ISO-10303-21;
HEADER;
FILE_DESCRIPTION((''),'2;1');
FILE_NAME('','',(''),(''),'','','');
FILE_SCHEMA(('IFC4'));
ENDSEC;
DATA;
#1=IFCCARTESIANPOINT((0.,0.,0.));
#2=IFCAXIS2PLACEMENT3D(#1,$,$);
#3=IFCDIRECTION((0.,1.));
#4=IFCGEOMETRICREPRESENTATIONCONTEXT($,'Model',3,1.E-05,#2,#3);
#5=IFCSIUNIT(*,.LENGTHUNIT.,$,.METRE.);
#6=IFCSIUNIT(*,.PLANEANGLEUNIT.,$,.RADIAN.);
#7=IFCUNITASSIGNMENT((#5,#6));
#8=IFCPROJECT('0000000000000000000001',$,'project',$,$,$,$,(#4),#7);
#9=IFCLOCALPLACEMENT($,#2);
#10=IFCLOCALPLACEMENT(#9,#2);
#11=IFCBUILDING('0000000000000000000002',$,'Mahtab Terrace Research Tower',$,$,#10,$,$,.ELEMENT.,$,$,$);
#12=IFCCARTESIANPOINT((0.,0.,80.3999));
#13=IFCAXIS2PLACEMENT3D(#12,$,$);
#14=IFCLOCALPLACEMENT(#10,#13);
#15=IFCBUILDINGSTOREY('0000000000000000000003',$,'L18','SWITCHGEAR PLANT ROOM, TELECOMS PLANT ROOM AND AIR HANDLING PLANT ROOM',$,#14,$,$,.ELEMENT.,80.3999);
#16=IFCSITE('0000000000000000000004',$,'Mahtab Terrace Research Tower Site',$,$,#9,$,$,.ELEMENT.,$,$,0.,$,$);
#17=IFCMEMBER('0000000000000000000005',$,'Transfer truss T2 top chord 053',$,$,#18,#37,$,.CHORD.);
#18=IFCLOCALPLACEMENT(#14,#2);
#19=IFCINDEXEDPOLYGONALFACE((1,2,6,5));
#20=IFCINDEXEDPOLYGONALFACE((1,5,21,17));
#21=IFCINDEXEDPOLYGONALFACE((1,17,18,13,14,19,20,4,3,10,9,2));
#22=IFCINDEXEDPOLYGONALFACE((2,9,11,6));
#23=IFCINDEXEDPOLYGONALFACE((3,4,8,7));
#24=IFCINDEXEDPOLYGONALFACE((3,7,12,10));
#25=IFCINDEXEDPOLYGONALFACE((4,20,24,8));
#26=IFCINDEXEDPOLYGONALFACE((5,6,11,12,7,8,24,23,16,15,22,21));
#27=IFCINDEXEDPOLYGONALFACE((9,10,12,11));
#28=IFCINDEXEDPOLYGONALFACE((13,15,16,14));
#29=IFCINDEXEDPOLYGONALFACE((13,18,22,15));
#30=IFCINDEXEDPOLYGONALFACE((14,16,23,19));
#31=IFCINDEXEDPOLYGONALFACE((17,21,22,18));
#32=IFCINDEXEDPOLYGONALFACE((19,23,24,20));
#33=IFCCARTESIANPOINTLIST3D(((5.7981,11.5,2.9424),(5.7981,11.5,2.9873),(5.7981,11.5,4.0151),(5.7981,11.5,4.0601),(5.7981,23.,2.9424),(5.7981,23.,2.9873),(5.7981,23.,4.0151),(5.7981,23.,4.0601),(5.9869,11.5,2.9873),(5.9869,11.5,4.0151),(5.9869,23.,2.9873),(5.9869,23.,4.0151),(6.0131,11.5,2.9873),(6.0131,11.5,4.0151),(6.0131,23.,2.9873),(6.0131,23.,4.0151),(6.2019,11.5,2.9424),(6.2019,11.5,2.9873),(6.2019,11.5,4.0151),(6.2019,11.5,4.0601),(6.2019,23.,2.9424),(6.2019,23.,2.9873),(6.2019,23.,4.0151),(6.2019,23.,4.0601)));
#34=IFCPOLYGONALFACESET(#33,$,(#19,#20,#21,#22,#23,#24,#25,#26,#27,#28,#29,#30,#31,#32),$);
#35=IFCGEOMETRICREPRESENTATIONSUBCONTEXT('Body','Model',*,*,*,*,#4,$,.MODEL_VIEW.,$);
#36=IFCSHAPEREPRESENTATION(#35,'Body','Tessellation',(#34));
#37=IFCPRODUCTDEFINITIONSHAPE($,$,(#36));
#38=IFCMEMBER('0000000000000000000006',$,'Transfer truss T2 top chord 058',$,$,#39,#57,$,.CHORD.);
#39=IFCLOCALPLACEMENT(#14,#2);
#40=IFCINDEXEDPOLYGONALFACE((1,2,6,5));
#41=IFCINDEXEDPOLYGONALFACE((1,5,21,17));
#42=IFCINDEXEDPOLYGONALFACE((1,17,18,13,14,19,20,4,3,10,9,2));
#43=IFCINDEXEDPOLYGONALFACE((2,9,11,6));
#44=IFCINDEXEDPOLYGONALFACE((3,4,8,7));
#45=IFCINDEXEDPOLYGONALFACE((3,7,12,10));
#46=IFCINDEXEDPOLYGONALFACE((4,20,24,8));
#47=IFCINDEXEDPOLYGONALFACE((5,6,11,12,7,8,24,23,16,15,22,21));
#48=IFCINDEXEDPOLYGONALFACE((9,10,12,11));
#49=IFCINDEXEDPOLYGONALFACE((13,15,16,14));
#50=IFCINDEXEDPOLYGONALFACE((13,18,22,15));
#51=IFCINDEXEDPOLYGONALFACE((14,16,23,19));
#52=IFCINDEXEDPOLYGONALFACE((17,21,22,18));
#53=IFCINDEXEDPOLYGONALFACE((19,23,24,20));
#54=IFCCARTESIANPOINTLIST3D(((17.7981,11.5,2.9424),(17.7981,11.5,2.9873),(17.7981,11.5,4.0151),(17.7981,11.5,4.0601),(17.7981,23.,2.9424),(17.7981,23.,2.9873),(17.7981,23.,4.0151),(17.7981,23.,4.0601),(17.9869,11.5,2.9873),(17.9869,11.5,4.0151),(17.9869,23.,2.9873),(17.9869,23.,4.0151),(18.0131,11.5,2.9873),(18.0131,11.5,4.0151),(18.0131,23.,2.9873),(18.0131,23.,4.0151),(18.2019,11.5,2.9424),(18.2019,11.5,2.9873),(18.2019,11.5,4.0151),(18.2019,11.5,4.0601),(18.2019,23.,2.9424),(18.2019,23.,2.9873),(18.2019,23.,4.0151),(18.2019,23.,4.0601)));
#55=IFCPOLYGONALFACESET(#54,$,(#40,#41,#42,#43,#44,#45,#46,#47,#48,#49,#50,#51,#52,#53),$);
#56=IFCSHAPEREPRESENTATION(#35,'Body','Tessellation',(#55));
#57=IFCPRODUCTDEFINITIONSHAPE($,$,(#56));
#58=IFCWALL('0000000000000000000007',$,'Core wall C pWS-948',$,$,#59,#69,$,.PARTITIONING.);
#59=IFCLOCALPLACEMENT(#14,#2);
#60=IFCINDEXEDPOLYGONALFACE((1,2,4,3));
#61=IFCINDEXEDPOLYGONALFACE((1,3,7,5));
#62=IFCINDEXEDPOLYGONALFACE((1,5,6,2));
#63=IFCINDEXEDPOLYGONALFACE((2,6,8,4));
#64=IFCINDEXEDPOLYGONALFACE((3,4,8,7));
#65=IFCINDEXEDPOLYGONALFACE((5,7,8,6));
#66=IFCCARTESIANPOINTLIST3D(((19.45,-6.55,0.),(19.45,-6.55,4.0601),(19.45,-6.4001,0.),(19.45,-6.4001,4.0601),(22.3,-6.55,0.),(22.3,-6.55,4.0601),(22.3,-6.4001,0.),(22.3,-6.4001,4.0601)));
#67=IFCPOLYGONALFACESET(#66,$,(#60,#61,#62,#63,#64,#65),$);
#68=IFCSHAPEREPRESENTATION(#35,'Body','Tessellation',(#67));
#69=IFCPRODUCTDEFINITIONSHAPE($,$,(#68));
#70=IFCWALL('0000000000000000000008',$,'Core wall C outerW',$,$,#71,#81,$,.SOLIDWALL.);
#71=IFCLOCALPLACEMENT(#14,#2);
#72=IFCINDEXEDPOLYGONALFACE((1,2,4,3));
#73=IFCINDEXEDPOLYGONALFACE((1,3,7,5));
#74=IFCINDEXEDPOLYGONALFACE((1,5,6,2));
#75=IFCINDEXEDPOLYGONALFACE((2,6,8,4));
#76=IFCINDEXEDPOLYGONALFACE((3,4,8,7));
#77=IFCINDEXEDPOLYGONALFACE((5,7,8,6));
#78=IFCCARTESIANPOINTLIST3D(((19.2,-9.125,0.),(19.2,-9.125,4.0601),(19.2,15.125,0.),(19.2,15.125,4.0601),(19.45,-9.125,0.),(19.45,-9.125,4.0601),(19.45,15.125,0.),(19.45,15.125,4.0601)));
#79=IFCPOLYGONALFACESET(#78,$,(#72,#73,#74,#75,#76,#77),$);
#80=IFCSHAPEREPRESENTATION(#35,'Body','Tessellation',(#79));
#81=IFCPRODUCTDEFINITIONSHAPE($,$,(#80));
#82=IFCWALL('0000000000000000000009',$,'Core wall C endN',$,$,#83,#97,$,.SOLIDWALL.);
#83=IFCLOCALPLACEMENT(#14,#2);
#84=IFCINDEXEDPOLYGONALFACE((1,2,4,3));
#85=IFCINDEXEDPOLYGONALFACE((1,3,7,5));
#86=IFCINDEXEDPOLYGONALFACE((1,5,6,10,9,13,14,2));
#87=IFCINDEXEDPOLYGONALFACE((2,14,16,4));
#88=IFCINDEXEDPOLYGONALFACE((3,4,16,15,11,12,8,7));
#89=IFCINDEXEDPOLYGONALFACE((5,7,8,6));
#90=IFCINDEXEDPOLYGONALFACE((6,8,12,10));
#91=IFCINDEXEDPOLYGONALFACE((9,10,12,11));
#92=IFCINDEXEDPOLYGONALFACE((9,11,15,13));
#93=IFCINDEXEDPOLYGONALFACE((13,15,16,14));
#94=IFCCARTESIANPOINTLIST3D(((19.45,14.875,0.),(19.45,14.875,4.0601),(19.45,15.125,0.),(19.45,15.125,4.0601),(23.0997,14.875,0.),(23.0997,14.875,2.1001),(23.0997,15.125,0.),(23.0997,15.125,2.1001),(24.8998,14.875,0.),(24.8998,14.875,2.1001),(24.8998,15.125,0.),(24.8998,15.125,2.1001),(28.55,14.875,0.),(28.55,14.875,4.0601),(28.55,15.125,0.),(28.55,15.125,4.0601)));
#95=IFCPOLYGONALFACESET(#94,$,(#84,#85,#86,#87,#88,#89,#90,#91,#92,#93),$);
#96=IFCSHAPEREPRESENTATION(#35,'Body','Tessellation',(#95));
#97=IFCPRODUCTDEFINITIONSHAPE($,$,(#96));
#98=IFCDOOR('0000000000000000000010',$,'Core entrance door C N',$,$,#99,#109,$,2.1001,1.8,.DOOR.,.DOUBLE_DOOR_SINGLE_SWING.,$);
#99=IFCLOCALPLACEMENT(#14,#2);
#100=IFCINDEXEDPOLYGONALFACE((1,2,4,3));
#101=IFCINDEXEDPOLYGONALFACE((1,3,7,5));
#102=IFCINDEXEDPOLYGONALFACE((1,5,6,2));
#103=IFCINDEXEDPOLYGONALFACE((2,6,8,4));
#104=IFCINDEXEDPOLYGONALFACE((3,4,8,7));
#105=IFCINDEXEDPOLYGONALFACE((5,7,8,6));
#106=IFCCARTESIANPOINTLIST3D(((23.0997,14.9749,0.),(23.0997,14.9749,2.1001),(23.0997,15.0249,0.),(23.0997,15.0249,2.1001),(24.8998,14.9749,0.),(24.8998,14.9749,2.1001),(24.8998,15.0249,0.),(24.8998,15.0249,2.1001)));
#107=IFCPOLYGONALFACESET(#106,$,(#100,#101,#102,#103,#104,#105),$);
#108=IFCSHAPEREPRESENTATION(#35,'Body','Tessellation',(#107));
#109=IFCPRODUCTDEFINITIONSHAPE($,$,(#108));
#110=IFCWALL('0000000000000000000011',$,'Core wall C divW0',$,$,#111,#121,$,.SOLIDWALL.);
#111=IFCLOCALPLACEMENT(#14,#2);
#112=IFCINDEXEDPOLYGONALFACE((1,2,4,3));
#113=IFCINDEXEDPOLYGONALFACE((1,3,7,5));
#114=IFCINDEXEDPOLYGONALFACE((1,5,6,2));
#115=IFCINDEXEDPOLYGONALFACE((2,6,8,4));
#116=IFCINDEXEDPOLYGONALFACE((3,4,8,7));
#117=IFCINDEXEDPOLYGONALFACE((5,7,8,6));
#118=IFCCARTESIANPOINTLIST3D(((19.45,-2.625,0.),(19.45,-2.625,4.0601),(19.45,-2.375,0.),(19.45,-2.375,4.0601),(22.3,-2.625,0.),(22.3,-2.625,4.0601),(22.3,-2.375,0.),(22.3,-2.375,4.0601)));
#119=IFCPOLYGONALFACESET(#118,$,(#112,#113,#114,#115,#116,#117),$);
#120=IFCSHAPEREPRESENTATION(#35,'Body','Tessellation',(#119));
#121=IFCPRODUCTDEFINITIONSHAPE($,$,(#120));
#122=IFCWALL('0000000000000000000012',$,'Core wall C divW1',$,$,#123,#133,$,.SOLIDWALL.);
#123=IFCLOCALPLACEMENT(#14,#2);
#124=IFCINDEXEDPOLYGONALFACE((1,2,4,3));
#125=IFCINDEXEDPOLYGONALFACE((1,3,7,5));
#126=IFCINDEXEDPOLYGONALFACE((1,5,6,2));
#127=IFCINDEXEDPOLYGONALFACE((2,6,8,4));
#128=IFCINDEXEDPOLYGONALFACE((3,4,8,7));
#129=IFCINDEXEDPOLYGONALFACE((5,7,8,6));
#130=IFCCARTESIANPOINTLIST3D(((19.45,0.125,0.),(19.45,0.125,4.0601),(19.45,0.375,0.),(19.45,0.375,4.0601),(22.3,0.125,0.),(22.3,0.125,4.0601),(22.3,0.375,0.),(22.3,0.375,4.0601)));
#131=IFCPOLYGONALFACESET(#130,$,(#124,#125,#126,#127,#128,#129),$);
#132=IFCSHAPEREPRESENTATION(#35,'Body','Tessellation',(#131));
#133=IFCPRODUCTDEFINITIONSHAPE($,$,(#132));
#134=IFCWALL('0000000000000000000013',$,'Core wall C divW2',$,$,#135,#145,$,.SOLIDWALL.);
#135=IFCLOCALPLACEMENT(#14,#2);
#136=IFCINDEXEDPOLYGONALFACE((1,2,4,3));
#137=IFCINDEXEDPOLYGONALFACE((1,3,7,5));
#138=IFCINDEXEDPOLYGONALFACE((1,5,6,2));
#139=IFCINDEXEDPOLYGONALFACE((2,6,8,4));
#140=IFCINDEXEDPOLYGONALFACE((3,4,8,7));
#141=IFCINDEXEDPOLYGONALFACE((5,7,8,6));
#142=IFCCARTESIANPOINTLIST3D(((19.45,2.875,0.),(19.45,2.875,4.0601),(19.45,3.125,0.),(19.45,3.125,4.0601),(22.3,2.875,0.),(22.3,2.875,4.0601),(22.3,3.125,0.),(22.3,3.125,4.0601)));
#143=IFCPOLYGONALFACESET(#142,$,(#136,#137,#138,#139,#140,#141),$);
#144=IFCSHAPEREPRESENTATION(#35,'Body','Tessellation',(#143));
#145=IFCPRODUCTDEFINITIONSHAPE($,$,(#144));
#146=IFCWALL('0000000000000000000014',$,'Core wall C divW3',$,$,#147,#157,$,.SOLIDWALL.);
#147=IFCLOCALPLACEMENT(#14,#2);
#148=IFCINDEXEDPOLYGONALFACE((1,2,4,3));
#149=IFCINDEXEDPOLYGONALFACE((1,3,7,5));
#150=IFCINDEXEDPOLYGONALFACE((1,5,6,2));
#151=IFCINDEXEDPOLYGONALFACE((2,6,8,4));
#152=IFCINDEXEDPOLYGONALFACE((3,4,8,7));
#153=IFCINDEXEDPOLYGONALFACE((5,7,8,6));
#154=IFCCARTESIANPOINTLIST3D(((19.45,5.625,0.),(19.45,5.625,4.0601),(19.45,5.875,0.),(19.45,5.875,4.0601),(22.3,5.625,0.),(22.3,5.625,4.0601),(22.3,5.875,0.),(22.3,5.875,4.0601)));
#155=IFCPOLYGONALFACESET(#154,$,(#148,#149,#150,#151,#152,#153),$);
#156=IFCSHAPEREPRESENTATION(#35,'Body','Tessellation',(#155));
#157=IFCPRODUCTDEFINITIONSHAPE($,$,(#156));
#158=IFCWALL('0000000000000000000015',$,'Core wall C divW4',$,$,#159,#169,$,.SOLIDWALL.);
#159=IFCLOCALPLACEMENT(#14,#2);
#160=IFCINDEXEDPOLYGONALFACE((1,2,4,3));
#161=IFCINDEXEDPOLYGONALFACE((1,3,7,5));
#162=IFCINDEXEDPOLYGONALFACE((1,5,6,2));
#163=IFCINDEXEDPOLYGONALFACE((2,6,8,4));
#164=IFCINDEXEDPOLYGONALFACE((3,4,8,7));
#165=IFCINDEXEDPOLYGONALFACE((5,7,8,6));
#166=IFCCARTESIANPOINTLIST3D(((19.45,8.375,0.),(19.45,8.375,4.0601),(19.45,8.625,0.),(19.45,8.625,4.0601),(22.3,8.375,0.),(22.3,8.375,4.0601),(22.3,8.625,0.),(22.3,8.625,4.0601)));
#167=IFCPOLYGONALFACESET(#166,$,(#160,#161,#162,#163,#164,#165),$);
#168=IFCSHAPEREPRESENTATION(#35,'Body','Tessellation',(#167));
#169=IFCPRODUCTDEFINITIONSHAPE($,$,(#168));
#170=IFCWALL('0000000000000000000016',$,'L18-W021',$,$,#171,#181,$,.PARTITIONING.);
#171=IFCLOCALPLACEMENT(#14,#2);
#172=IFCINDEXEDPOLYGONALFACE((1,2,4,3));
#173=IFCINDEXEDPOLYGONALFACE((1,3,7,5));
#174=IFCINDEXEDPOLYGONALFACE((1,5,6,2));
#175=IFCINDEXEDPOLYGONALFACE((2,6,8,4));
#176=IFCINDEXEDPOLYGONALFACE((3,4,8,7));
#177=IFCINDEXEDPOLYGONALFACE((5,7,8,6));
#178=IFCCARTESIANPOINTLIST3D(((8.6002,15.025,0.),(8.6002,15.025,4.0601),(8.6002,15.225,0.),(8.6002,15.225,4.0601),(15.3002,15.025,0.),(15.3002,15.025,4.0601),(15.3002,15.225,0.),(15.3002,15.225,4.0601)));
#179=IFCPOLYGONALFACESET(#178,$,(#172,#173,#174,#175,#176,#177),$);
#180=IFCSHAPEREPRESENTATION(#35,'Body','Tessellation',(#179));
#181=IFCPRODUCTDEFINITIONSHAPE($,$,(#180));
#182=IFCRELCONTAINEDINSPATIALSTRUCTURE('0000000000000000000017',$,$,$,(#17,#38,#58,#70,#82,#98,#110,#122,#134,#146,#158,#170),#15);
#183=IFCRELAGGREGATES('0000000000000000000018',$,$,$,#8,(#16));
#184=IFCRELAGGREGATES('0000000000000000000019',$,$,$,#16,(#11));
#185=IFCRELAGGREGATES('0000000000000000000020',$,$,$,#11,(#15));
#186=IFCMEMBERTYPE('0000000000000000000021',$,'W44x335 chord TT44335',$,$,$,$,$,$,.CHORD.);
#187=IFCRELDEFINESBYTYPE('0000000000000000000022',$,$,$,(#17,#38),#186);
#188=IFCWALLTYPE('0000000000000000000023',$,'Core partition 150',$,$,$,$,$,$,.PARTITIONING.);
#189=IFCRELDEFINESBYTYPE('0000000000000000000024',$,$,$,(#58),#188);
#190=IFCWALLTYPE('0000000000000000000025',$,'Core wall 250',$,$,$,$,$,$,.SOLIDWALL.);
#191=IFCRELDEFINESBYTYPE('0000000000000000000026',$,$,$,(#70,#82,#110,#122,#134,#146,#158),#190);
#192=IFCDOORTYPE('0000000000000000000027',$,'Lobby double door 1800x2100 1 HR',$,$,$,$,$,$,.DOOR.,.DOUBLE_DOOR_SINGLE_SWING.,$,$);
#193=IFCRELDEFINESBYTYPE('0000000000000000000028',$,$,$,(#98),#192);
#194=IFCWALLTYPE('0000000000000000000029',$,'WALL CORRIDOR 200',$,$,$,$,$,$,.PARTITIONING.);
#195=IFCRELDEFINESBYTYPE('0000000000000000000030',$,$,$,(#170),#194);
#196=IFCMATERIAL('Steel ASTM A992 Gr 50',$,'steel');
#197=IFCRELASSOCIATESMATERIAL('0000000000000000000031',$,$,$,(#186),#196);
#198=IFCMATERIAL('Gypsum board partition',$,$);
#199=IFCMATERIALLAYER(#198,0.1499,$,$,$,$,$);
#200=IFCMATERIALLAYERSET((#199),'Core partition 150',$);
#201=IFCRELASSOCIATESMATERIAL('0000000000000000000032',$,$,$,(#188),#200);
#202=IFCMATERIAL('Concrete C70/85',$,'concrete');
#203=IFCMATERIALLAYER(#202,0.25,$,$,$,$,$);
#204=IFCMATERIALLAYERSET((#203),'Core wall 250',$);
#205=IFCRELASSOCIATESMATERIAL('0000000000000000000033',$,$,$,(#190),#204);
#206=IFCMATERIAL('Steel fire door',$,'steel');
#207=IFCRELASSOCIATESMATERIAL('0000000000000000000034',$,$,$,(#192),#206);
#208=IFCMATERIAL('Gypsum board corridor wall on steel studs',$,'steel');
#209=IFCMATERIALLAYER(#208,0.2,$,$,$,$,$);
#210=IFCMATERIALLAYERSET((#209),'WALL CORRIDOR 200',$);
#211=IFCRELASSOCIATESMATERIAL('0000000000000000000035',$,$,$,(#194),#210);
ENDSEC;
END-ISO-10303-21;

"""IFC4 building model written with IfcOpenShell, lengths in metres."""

from ifc_helpers import new_model, si_unit, direction, frame, frame_2d, origin, origin_2d, place, context, subcontext, project, spatial, rectangle, i_section, extrude, material, layer, layer_set, material_profile, profile_set, type_object, element, fill, save


model = new_model("IFC4")

# Units and contexts
model_context = context("Model", 3, precision=1e-05, world=origin(), true_north=direction((0.0, 1.0)))
body_context = subcontext(model_context, "Body", "Model", "MODEL_VIEW")
ifc_project = project(units=[si_unit("LENGTHUNIT", "METRE"), si_unit("PLANEANGLEUNIT", "RADIAN")], contexts=[model_context])

# Site, building, storey
site_placement = place(None, origin())
site = spatial("IfcSite", under=ifc_project, at=site_placement, Name="Mahtab Terrace Research Tower Site", CompositionType="ELEMENT", RefElevation=0.0)
building_placement = place(site_placement, origin())
building = spatial("IfcBuilding", under=site, at=building_placement, Name="Mahtab Terrace Research Tower", CompositionType="ELEMENT")
storey_placement = place(building_placement, frame((0.0, 0.0, 80.3999)))
storey = spatial("IfcBuildingStorey", under=building, at=storey_placement, Name="L18", Description="SWITCHGEAR PLANT ROOM, TELECOMS PLANT ROOM AND AIR HANDLING PLANT ROOM", CompositionType="ELEMENT", Elevation=80.3999)

# Shared definitions
ifc_material_1 = material(Name="Concrete C70/85", Category="concrete")

# Shared definitions
ifc_material_2 = material(Name="Steel ASTM A992 Gr 50", Category="steel")

# Members
ifc_material_profile_1 = material_profile(ifc_material_2, i_section(OverallWidth=0.4038, OverallDepth=1.1177, WebThickness=0.0261, FlangeThickness=0.0449, at=origin_2d()), Name="W44X335")
ifc_profile_set_1 = profile_set([ifc_material_profile_1], Name="Steel ASTM A992 Gr 50")
member_type_1 = type_object("IfcMemberType", Name="W44x335 chord TT44335", PredefinedType="CHORD", material=ifc_profile_set_1)
for number, where, z_axis, x_axis, name in (
    (1, (6.0, 11.5, 3.5012), (0.0, 1.0, 0.0), (-1.0, 0.0, 0.0), "Transfer truss T2 top chord 053"),
    (2, (18.0, 11.5, 3.5012), (0.0, 1.0, 0.0), (-1.0, 0.0, 0.0), "Transfer truss T2 top chord 058"),
):
    element("IfcMember", number, at=place(storey_placement, frame(where, z_axis=z_axis, x_axis=x_axis)), inside=storey, type_object=member_type_1, Name=name, PredefinedType="CHORD", context=body_context, shape_type="SweptSolid", body=[
        extrude(i_section(OverallWidth=0.4038, OverallDepth=1.1177, WebThickness=0.0261, FlangeThickness=0.0449, at=origin_2d()), origin(), (0.0, 0.0, 1.0), 11.5),
    ])

# Walls
ifc_material_3 = material(Name="Gypsum board partition")
ifc_layer_1 = layer(ifc_material_3, 0.1499)
ifc_layer_set_1 = layer_set([ifc_layer_1], Name="Core partition 150")
wall_type_1 = type_object("IfcWallType", Name="Core partition 150", PredefinedType="PARTITIONING", material=ifc_layer_set_1)
wall_1_placement = place(storey_placement, frame((19.45, -6.4751, 0.0), z_axis=(0.0, 0.0, 1.0), x_axis=(1.0, 0.0, 0.0)))
element("IfcWall", 3, at=wall_1_placement, inside=storey, type_object=wall_type_1, Name="Core wall C pWS-948", PredefinedType="PARTITIONING", context=body_context, shape_type="SweptSolid", body=[
    extrude(rectangle(XDim=2.8501, YDim=0.1499, at=frame_2d((1.425, 0.0))), origin(), (0.0, 0.0, 1.0), 4.0601),
])
ifc_layer_2 = layer(ifc_material_1, 0.25)
ifc_layer_set_2 = layer_set([ifc_layer_2], Name="Core wall 250")
wall_type_2 = type_object("IfcWallType", Name="Core wall 250", PredefinedType="SOLIDWALL", material=ifc_layer_set_2)
wall_2_placement = place(storey_placement, frame((19.325, 15.125, 0.0), z_axis=(0.0, 0.0, 1.0), x_axis=(0.0, -1.0, 0.0)))
element("IfcWall", 4, at=wall_2_placement, inside=storey, type_object=wall_type_2, Name="Core wall C outerW", PredefinedType="SOLIDWALL", context=body_context, shape_type="SweptSolid", body=[
    extrude(rectangle(XDim=24.25, YDim=0.25, at=frame_2d((12.125, 0.0))), origin(), (0.0, 0.0, 1.0), 4.0601),
])

# Wall, opening, door
wall_3_placement = place(storey_placement, frame((19.45, 15.0, 0.0), z_axis=(0.0, 0.0, 1.0), x_axis=(1.0, 0.0, 0.0)))
wall_3 = element("IfcWall", 5, at=wall_3_placement, inside=storey, type_object=wall_type_2, Name="Core wall C endN", PredefinedType="SOLIDWALL", context=body_context, shape_type="SweptSolid", body=[
    extrude(rectangle(XDim=9.1001, YDim=0.25, at=frame_2d((4.55, 0.0))), origin(), (0.0, 0.0, 1.0), 4.0601),
])
opening_placement = place(wall_3_placement, frame((3.6499, 0.0, 0.0)))
opening = element("IfcOpeningElement", 6, at=opening_placement, cuts=wall_3, PredefinedType="OPENING", context=body_context, shape_type="SweptSolid", body=[
    extrude(rectangle(XDim=1.8, YDim=2.1001, at=frame_2d((0.8999, 1.05))), frame((0.0, 0.135, 0.0), z_axis=(0.0, -1.0, 0.0), x_axis=(1.0, 0.0, 0.0)), (0.0, 0.0, 1.0), 0.27),
])
ifc_material_4 = material(Name="Steel fire door", Category="steel")
door_type = type_object("IfcDoorType", Name="Lobby double door 1800x2100 1 HR", OperationType="DOUBLE_DOOR_SINGLE_SWING", PredefinedType="DOOR", material=ifc_material_4)
door_placement = place(opening_placement, origin())
door = element("IfcDoor", 7, at=door_placement, inside=storey, type_object=door_type, Name="Core entrance door C N", OperationType="DOUBLE_DOOR_SINGLE_SWING", OverallHeight=2.1001, OverallWidth=1.8, PredefinedType="DOOR", context=body_context, shape_type="SweptSolid", body=[
    extrude(rectangle(XDim=1.8, YDim=2.1001, at=frame_2d((0.8999, 1.05))), frame((0.0, 0.0249, 0.0), z_axis=(0.0, -1.0, 0.0), x_axis=(1.0, 0.0, 0.0)), (0.0, 0.0, 1.0), 0.05),
])
fill(opening, door)

# Walls
for number, where, z_axis, x_axis, name in (
    (8, (19.45, -2.5, 0.0), (0.0, 0.0, 1.0), (1.0, 0.0, 0.0), "Core wall C divW0"),
    (9, (19.45, 0.25, 0.0), (0.0, 0.0, 1.0), (1.0, 0.0, 0.0), "Core wall C divW1"),
    (10, (19.45, 3.0, 0.0), (0.0, 0.0, 1.0), (1.0, 0.0, 0.0), "Core wall C divW2"),
    (11, (19.45, 5.75, 0.0), (0.0, 0.0, 1.0), (1.0, 0.0, 0.0), "Core wall C divW3"),
    (12, (19.45, 8.5, 0.0), (0.0, 0.0, 1.0), (1.0, 0.0, 0.0), "Core wall C divW4"),
):
    element("IfcWall", number, at=place(storey_placement, frame(where, z_axis=z_axis, x_axis=x_axis)), inside=storey, type_object=wall_type_2, Name=name, PredefinedType="SOLIDWALL", context=body_context, shape_type="SweptSolid", body=[
        extrude(rectangle(XDim=2.8501, YDim=0.25, at=frame_2d((1.425, 0.0))), origin(), (0.0, 0.0, 1.0), 4.0601),
    ])
ifc_material_5 = material(Name="Gypsum board corridor wall on steel studs", Category="steel")
ifc_layer_3 = layer(ifc_material_5, 0.2)
ifc_layer_set_3 = layer_set([ifc_layer_3], Name="WALL CORRIDOR 200")
wall_type_3 = type_object("IfcWallType", Name="WALL CORRIDOR 200", PredefinedType="PARTITIONING", material=ifc_layer_set_3)
wall_4_placement = place(storey_placement, frame((8.6001, 15.125, 0.0), z_axis=(0.0, 0.0, 1.0), x_axis=(1.0, 0.0, 0.0)))
element("IfcWall", 13, at=wall_4_placement, inside=storey, type_object=wall_type_3, Name="L18-W021", PredefinedType="PARTITIONING", context=body_context, shape_type="SweptSolid", body=[
    extrude(rectangle(XDim=6.7, YDim=0.2, at=frame_2d((3.3501, 0.0))), origin(), (0.0, 0.0, 1.0), 4.0601),
])

save(model, "model.ifc")
